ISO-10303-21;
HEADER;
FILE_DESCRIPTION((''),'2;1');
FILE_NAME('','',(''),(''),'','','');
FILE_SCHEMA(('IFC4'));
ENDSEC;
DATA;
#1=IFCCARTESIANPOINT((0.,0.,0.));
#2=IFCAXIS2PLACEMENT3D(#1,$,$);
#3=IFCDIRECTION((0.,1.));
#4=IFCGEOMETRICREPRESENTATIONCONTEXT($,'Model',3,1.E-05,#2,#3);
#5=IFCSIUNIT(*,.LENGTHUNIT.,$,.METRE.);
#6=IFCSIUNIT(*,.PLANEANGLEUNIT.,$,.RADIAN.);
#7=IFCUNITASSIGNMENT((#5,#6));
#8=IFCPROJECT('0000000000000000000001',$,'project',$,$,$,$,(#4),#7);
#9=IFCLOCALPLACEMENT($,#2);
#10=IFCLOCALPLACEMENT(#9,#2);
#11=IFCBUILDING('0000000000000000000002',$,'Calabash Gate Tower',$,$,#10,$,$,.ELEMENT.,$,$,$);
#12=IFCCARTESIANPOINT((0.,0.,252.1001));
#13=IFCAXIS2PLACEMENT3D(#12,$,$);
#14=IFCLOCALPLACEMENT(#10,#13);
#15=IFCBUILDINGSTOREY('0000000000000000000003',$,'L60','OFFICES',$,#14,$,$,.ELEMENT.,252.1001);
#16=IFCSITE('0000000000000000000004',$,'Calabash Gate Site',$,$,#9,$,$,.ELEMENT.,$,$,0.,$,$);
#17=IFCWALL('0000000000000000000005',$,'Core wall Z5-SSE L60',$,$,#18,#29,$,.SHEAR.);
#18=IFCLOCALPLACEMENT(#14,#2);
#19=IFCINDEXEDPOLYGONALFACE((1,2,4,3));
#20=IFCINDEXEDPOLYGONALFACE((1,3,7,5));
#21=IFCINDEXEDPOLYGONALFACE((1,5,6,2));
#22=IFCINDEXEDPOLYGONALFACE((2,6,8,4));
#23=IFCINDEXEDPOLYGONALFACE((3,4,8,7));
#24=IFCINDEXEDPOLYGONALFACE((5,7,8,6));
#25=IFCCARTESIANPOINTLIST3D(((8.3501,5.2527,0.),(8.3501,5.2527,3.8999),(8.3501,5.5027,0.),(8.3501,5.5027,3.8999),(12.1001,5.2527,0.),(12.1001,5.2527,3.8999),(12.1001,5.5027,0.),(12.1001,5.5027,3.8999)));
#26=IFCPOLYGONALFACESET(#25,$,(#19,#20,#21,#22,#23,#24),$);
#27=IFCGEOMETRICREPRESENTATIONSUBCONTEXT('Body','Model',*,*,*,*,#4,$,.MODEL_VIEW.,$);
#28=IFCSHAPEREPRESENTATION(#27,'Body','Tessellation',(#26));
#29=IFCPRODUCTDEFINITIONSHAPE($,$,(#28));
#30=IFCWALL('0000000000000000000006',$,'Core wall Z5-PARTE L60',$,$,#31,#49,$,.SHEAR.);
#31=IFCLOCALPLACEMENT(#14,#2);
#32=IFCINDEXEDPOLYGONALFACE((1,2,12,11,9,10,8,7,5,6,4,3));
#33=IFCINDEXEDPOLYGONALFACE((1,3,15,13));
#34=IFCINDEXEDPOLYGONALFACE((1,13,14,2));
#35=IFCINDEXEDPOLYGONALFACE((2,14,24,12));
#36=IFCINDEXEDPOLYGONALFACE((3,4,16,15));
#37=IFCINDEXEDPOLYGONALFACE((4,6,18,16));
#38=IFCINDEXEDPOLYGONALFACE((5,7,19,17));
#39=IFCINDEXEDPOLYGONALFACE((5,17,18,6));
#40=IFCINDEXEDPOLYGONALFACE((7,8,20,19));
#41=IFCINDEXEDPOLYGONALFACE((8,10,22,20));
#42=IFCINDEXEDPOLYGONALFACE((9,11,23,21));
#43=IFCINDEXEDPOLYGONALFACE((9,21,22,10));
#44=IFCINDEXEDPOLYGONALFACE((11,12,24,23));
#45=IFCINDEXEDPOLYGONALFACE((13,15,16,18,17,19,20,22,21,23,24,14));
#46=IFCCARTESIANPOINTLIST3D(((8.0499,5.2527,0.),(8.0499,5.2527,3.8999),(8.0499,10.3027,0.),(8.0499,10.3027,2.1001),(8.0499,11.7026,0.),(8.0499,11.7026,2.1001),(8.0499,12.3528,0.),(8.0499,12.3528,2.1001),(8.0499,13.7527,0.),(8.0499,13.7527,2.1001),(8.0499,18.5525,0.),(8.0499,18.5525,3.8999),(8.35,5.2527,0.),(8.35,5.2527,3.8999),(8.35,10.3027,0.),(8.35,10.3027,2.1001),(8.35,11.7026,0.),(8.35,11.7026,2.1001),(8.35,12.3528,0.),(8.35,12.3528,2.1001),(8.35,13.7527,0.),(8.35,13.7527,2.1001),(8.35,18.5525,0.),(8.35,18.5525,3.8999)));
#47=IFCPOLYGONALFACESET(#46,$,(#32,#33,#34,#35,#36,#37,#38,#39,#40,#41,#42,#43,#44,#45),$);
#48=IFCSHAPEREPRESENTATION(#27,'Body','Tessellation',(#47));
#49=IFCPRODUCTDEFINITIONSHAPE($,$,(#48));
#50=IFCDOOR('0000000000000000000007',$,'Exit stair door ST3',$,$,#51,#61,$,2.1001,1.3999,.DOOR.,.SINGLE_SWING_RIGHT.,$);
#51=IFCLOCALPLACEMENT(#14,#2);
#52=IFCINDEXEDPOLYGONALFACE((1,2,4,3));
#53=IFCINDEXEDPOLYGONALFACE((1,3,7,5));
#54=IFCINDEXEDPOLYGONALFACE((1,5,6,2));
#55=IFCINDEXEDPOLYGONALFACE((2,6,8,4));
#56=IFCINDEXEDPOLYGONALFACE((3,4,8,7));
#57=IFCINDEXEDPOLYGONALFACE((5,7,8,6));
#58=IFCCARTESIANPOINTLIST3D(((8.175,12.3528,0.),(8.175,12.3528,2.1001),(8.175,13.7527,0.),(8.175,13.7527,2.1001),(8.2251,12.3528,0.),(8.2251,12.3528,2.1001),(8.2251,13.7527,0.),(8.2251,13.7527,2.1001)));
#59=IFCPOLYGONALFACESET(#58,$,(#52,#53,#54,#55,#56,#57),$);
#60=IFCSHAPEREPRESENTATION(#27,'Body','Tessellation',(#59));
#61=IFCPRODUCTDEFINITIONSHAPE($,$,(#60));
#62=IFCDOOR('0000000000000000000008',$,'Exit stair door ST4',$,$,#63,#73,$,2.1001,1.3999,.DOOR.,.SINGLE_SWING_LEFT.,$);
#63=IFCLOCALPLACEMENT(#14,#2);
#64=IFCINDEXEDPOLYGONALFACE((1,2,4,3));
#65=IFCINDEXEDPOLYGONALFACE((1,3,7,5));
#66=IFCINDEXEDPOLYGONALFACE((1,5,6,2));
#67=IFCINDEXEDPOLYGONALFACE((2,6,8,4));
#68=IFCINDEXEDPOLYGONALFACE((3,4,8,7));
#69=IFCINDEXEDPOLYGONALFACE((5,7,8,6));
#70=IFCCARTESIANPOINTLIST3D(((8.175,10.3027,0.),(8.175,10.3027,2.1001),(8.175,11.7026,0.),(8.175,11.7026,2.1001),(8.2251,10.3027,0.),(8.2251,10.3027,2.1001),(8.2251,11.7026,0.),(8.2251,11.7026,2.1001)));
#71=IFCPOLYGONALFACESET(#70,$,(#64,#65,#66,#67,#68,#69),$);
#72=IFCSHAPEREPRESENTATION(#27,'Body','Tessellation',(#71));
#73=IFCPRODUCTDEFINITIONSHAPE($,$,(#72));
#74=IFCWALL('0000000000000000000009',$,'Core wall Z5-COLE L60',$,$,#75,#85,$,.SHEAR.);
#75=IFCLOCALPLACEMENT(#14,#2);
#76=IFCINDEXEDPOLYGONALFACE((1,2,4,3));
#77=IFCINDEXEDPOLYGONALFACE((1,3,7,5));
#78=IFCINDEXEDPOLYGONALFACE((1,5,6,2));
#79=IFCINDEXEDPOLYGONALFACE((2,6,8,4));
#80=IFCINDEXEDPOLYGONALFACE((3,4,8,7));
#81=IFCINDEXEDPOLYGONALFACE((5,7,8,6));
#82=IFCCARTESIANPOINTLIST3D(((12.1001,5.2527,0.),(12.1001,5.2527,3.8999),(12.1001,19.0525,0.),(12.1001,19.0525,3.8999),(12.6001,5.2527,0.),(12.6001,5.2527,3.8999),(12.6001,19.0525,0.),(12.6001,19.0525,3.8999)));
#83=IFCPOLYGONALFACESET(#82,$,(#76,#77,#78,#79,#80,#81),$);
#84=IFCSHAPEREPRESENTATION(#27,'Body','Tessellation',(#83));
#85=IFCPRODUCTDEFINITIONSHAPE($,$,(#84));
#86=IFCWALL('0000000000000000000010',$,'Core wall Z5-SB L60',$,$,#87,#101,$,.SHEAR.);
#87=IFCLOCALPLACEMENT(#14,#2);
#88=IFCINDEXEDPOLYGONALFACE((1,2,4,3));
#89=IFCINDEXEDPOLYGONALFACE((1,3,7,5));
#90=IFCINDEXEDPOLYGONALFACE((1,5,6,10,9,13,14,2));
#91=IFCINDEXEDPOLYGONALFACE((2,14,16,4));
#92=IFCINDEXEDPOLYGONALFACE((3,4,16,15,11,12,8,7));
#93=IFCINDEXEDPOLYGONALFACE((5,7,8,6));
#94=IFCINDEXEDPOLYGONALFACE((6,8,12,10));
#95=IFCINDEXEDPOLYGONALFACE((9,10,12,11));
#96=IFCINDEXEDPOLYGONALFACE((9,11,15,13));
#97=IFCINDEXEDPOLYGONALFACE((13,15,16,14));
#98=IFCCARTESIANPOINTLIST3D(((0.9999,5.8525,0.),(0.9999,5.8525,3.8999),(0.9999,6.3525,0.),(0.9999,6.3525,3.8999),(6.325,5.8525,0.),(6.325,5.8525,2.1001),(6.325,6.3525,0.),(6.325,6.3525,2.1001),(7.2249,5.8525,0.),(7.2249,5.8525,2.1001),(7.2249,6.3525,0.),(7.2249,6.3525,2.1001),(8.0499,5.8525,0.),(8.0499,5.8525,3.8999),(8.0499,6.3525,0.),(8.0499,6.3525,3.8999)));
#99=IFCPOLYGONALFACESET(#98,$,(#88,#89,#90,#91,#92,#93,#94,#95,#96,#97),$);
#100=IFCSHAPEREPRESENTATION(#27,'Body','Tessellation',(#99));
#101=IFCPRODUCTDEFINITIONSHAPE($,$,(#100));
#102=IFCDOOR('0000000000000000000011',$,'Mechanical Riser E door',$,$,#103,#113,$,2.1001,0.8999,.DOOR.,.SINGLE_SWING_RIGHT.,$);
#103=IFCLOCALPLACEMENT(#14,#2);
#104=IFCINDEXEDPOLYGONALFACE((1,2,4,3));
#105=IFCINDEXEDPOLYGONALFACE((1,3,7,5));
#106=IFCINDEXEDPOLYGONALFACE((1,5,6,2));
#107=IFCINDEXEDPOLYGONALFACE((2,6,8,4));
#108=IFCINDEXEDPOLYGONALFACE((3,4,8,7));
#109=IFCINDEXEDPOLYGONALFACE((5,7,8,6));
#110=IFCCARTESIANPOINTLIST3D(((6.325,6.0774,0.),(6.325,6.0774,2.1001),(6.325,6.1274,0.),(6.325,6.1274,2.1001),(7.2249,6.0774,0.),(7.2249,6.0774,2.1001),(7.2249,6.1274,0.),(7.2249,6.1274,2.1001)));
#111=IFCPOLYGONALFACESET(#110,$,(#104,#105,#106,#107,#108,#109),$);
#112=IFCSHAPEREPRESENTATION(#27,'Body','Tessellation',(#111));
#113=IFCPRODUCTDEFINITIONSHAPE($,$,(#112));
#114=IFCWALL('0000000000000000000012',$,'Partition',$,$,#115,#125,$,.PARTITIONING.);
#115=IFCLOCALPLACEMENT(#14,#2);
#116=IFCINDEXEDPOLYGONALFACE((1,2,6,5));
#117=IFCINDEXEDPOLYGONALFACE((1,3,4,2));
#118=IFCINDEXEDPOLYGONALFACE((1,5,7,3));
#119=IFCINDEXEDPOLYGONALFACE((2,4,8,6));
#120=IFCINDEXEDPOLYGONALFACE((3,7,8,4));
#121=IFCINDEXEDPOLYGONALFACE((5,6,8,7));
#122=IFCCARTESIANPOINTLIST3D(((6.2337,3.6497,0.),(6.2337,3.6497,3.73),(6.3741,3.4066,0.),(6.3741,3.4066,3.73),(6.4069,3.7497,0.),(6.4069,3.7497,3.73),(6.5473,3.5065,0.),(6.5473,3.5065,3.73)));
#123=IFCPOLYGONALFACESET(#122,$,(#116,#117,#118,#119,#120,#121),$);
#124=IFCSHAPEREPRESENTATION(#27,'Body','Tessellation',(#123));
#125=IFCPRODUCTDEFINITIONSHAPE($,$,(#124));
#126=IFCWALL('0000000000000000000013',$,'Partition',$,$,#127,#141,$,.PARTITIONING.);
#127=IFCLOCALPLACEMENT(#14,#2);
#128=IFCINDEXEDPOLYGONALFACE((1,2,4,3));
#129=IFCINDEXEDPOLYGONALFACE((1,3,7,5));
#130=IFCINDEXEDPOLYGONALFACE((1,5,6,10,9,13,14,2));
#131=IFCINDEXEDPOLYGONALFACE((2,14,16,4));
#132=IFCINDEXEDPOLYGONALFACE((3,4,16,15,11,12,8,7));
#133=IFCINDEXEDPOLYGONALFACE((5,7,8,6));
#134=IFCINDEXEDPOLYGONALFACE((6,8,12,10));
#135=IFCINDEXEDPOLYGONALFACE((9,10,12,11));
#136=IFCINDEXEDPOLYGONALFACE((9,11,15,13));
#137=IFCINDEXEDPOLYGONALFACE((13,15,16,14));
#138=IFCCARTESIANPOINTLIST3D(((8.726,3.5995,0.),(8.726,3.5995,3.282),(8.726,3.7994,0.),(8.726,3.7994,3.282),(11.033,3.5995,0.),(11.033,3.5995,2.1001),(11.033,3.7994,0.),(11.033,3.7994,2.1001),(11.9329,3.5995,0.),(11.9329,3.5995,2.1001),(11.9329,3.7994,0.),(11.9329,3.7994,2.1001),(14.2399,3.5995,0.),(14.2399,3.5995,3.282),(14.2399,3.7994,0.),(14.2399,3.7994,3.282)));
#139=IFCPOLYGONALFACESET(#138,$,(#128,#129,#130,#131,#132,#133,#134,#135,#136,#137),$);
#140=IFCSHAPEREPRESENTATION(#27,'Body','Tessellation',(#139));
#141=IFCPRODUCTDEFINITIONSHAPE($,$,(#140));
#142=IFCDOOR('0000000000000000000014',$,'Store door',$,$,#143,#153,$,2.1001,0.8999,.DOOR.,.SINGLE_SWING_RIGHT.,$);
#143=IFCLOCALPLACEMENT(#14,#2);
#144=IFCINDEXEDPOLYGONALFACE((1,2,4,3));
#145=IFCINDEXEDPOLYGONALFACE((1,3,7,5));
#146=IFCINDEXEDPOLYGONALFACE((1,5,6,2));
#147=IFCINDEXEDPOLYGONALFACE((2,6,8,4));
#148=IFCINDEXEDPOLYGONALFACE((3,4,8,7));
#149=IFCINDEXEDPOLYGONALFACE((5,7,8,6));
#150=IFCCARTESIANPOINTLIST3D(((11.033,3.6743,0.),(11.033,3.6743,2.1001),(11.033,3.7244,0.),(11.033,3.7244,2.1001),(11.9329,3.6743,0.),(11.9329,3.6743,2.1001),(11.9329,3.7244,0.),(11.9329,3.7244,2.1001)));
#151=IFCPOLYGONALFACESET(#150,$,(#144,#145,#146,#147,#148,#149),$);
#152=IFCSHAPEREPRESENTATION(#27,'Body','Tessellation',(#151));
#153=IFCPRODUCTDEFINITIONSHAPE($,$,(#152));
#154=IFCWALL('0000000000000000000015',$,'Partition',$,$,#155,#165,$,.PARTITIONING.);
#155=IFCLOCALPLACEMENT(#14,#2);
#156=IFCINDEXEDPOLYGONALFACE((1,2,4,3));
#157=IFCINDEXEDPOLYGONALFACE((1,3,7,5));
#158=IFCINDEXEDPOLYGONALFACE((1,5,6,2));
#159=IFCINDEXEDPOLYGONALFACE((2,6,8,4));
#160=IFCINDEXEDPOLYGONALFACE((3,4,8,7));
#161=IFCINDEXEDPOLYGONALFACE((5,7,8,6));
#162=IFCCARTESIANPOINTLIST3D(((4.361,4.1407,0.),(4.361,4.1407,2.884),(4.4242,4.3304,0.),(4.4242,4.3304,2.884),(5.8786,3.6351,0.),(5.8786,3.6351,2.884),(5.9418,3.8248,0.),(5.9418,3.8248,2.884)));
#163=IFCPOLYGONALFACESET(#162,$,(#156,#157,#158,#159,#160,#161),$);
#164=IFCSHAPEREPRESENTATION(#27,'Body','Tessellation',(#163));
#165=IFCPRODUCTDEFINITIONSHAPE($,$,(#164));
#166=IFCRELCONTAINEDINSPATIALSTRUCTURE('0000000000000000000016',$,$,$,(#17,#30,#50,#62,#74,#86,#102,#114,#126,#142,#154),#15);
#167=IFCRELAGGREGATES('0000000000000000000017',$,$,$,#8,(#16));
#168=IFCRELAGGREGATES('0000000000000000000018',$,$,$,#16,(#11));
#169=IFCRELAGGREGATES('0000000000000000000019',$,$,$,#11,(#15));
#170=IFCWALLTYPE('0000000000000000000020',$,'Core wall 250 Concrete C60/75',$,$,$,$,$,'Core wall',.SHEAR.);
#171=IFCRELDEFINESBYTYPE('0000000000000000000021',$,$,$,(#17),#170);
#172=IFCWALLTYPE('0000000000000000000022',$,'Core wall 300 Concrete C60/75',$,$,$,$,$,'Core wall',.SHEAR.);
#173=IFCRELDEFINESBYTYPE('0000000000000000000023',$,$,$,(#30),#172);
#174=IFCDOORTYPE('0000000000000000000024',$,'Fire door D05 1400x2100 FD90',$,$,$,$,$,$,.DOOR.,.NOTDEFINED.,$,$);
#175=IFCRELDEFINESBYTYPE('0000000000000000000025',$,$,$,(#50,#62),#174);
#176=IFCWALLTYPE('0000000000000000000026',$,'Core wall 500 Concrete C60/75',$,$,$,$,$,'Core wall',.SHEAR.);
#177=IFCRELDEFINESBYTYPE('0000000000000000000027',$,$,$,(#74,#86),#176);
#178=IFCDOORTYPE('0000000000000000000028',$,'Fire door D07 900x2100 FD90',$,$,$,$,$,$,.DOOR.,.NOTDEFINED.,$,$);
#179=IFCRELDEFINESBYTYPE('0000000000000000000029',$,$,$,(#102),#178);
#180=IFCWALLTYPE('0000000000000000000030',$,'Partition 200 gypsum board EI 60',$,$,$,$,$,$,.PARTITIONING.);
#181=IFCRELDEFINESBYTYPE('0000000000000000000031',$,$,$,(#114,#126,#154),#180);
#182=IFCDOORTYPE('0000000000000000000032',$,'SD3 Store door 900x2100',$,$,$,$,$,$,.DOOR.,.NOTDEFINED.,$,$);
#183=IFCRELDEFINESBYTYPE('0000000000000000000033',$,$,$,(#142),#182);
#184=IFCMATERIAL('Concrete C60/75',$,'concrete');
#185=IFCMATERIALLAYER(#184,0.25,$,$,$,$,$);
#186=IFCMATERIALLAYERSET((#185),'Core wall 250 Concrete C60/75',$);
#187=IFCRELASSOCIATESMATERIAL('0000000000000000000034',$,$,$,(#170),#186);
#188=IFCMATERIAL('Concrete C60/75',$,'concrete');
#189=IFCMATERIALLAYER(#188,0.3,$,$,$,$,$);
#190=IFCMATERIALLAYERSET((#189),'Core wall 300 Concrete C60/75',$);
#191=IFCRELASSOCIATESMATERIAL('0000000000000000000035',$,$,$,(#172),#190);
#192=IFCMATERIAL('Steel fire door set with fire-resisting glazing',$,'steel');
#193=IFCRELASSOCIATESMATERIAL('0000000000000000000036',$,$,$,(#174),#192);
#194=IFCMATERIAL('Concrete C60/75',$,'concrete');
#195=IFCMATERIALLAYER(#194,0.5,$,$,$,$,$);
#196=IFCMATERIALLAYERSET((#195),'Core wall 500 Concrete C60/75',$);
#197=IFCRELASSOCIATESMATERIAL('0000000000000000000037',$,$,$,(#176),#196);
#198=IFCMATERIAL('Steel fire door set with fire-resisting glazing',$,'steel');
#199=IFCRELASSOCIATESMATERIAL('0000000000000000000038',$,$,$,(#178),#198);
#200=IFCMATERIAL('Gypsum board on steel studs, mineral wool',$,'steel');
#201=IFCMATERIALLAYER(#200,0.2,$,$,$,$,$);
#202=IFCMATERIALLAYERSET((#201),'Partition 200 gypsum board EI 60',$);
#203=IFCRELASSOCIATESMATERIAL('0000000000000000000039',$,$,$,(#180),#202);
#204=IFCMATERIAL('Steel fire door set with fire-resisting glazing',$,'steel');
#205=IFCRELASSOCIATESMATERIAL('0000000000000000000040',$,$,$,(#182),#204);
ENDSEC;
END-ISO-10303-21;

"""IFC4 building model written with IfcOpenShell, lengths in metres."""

from ifc_helpers import new_model, si_unit, direction, frame, frame_2d, origin, place, context, subcontext, project, spatial, rectangle, extrude, material, layer, layer_set, type_object, element, fill, save


model = new_model("IFC4")

# Units and contexts
model_context = context("Model", 3, precision=1e-05, world=origin(), true_north=direction((0.0, 1.0)))
body_context = subcontext(model_context, "Body", "Model", "MODEL_VIEW")
ifc_project = project(units=[si_unit("LENGTHUNIT", "METRE"), si_unit("PLANEANGLEUNIT", "RADIAN")], contexts=[model_context])

# Site, building, storey
site_placement = place(None, origin())
site = spatial("IfcSite", under=ifc_project, at=site_placement, Name="Calabash Gate Site", CompositionType="ELEMENT", RefElevation=0.0)
building_placement = place(site_placement, origin())
building = spatial("IfcBuilding", under=site, at=building_placement, Name="Calabash Gate Tower", CompositionType="ELEMENT")
storey_placement = place(building_placement, frame((0.0, 0.0, 252.1001)))
storey = spatial("IfcBuildingStorey", under=building, at=storey_placement, Name="L60", Description="OFFICES", CompositionType="ELEMENT", Elevation=252.1001)

# Wall
ifc_material_1 = material(Name="Concrete C60/75", Category="concrete")
ifc_layer_1 = layer(ifc_material_1, 0.25)
ifc_layer_set_1 = layer_set([ifc_layer_1], Name="Core wall 250 Concrete C60/75")
wall_type_1 = type_object("IfcWallType", Name="Core wall 250 Concrete C60/75", ElementType="Core wall", PredefinedType="SHEAR", material=ifc_layer_set_1)
wall_1_placement = place(storey_placement, frame((8.3501, 5.3777, 0.0), z_axis=(0.0, 0.0, 1.0), x_axis=(1.0, 0.0, 0.0)))
element("IfcWall", 1, at=wall_1_placement, inside=storey, type_object=wall_type_1, Name="Core wall Z5-SSE L60", PredefinedType="SHEAR", context=body_context, shape_type="SweptSolid", body=[
    extrude(rectangle(XDim=3.75, YDim=0.25, at=frame_2d((1.875, 0.0))), origin(), (0.0, 0.0, 1.0), 3.8999),
])

# Wall, openings, doors
ifc_material_2 = material(Name="Concrete C60/75", Category="concrete")
ifc_layer_2 = layer(ifc_material_2, 0.3)
ifc_layer_set_2 = layer_set([ifc_layer_2], Name="Core wall 300 Concrete C60/75")
wall_type_2 = type_object("IfcWallType", Name="Core wall 300 Concrete C60/75", ElementType="Core wall", PredefinedType="SHEAR", material=ifc_layer_set_2)
wall_2_placement = place(storey_placement, frame((8.2, 5.2527, 0.0), z_axis=(0.0, 0.0, 1.0), x_axis=(0.0, 1.0, 0.0)))
wall_2 = element("IfcWall", 2, at=wall_2_placement, inside=storey, type_object=wall_type_2, Name="Core wall Z5-PARTE L60", PredefinedType="SHEAR", context=body_context, shape_type="SweptSolid", body=[
    extrude(rectangle(XDim=13.2998, YDim=0.3, at=frame_2d((6.6499, 0.0))), origin(), (0.0, 0.0, 1.0), 3.8999),
])
opening_1_placement = place(wall_2_placement, frame((7.1001, 0.0, 0.0)))
opening_1 = element("IfcOpeningElement", 3, at=opening_1_placement, cuts=wall_2, PredefinedType="OPENING", context=body_context, shape_type="SweptSolid", body=[
    extrude(rectangle(XDim=1.3999, YDim=2.1001, at=frame_2d((0.7, 1.05))), frame((0.0, 0.1599, 0.0), z_axis=(0.0, -1.0, 0.0), x_axis=(1.0, 0.0, 0.0)), (0.0, 0.0, 1.0), 0.3201),
])
opening_2_placement = place(wall_2_placement, frame((5.05, 0.0, 0.0)))
opening_2 = element("IfcOpeningElement", 4, at=opening_2_placement, cuts=wall_2, PredefinedType="OPENING", context=body_context, shape_type="SweptSolid", body=[
    extrude(rectangle(XDim=1.3999, YDim=2.1001, at=frame_2d((0.7, 1.05))), frame((0.0, 0.1599, 0.0), z_axis=(0.0, -1.0, 0.0), x_axis=(1.0, 0.0, 0.0)), (0.0, 0.0, 1.0), 0.3201),
])
ifc_material_3 = material(Name="Steel fire door set with fire-resisting glazing", Category="steel")
door_type_1 = type_object("IfcDoorType", Name="Fire door D05 1400x2100 FD90", OperationType="NOTDEFINED", PredefinedType="DOOR", material=ifc_material_3)
door_1_placement = place(opening_1_placement, origin())
door_1 = element("IfcDoor", 5, at=door_1_placement, inside=storey, type_object=door_type_1, Name="Exit stair door ST3", OperationType="SINGLE_SWING_RIGHT", OverallHeight=2.1001, OverallWidth=1.3999, PredefinedType="DOOR", context=body_context, shape_type="SweptSolid", body=[
    extrude(rectangle(XDim=1.3999, YDim=2.1001, at=frame_2d((0.7, 1.05))), frame((0.0, 0.0249, 0.0), z_axis=(0.0, -1.0, 0.0), x_axis=(1.0, 0.0, 0.0)), (0.0, 0.0, 1.0), 0.05),
])
fill(opening_1, door_1)
door_2_placement = place(opening_2_placement, origin())
door_2 = element("IfcDoor", 6, at=door_2_placement, inside=storey, type_object=door_type_1, Name="Exit stair door ST4", OperationType="SINGLE_SWING_LEFT", OverallHeight=2.1001, OverallWidth=1.3999, PredefinedType="DOOR", context=body_context, shape_type="SweptSolid", body=[
    extrude(rectangle(XDim=1.3999, YDim=2.1001, at=frame_2d((0.7, 1.05))), frame((0.0, 0.0249, 0.0), z_axis=(0.0, -1.0, 0.0), x_axis=(1.0, 0.0, 0.0)), (0.0, 0.0, 1.0), 0.05),
])
fill(opening_2, door_2)

# Wall
ifc_material_4 = material(Name="Concrete C60/75", Category="concrete")
ifc_layer_3 = layer(ifc_material_4, 0.5)
ifc_layer_set_3 = layer_set([ifc_layer_3], Name="Core wall 500 Concrete C60/75")
wall_type_3 = type_object("IfcWallType", Name="Core wall 500 Concrete C60/75", ElementType="Core wall", PredefinedType="SHEAR", material=ifc_layer_set_3)
wall_3_placement = place(storey_placement, frame((12.3501, 5.2527, 0.0), z_axis=(0.0, 0.0, 1.0), x_axis=(0.0, 1.0, 0.0)))
element("IfcWall", 7, at=wall_3_placement, inside=storey, type_object=wall_type_3, Name="Core wall Z5-COLE L60", PredefinedType="SHEAR", context=body_context, shape_type="SweptSolid", body=[
    extrude(rectangle(XDim=13.7998, YDim=0.5, at=frame_2d((6.8999, 0.0))), origin(), (0.0, 0.0, 1.0), 3.8999),
])

# Wall, opening, door
wall_4_placement = place(storey_placement, frame((1.0, 6.1025, 0.0), z_axis=(0.0, 0.0, 1.0), x_axis=(1.0, 0.0, 0.0)))
wall_4 = element("IfcWall", 8, at=wall_4_placement, inside=storey, type_object=wall_type_3, Name="Core wall Z5-SB L60", PredefinedType="SHEAR", context=body_context, shape_type="SweptSolid", body=[
    extrude(rectangle(XDim=7.05, YDim=0.5, at=frame_2d((3.5249, 0.0))), origin(), (0.0, 0.0, 1.0), 3.8999),
])
opening_3_placement = place(wall_4_placement, frame((5.325, 0.0, 0.0)))
opening_3 = element("IfcOpeningElement", 9, at=opening_3_placement, cuts=wall_4, PredefinedType="OPENING", context=body_context, shape_type="SweptSolid", body=[
    extrude(rectangle(XDim=0.8999, YDim=2.1001, at=frame_2d((0.45, 1.05))), frame((0.0, 0.26, 0.0), z_axis=(0.0, -1.0, 0.0), x_axis=(1.0, 0.0, 0.0)), (0.0, 0.0, 1.0), 0.52),
])
ifc_material_5 = material(Name="Steel fire door set with fire-resisting glazing", Category="steel")
door_type_2 = type_object("IfcDoorType", Name="Fire door D07 900x2100 FD90", OperationType="NOTDEFINED", PredefinedType="DOOR", material=ifc_material_5)
door_3_placement = place(opening_3_placement, origin())
door_3 = element("IfcDoor", 10, at=door_3_placement, inside=storey, type_object=door_type_2, Name="Mechanical Riser E door", OperationType="SINGLE_SWING_RIGHT", OverallHeight=2.1001, OverallWidth=0.8999, PredefinedType="DOOR", context=body_context, shape_type="SweptSolid", body=[
    extrude(rectangle(XDim=0.8999, YDim=2.1001, at=frame_2d((0.45, 1.05))), frame((0.0, 0.0249, 0.0), z_axis=(0.0, -1.0, 0.0), x_axis=(1.0, 0.0, 0.0)), (0.0, 0.0, 1.0), 0.05),
])
fill(opening_3, door_3)

# Wall
ifc_material_6 = material(Name="Gypsum board on steel studs, mineral wool", Category="steel")
ifc_layer_4 = layer(ifc_material_6, 0.2)
ifc_layer_set_4 = layer_set([ifc_layer_4], Name="Partition 200 gypsum board EI 60")
wall_type_4 = type_object("IfcWallType", Name="Partition 200 gypsum board EI 60", PredefinedType="PARTITIONING", material=ifc_layer_set_4)
wall_5_placement = place(storey_placement, frame((6.3203, 3.6997, 0.0), z_axis=(0.0, 0.0, 1.0), x_axis=(0.499973, -0.866041, 0.0)))
element("IfcWall", 11, at=wall_5_placement, inside=storey, type_object=wall_type_4, Name="Partition", PredefinedType="PARTITIONING", context=body_context, shape_type="SweptSolid", body=[
    extrude(rectangle(XDim=0.2808, YDim=0.2, at=frame_2d((0.1404, 0.0))), origin(), (0.0, 0.0, 1.0), 3.73),
])

# Wall, opening, door
wall_6_placement = place(storey_placement, frame((8.7261, 3.6995, 0.0), z_axis=(0.0, 0.0, 1.0), x_axis=(1.0, 0.0, 0.0)))
wall_6 = element("IfcWall", 12, at=wall_6_placement, inside=storey, type_object=wall_type_4, Name="Partition", PredefinedType="PARTITIONING", context=body_context, shape_type="SweptSolid", body=[
    extrude(rectangle(XDim=5.5139, YDim=0.2, at=frame_2d((2.7568, 0.0))), origin(), (0.0, 0.0, 1.0), 3.282),
])
opening_4_placement = place(wall_6_placement, frame((2.3069, 0.0, 0.0)))
opening_4 = element("IfcOpeningElement", 13, at=opening_4_placement, cuts=wall_6, PredefinedType="OPENING", context=body_context, shape_type="SweptSolid", body=[
    extrude(rectangle(XDim=0.8999, YDim=2.1001, at=frame_2d((0.45, 1.05))), frame((0.0, 0.1099, 0.0), z_axis=(0.0, -1.0, 0.0), x_axis=(1.0, 0.0, 0.0)), (0.0, 0.0, 1.0), 0.22),
])
ifc_material_7 = material(Name="Steel fire door set with fire-resisting glazing", Category="steel")
door_type_3 = type_object("IfcDoorType", Name="SD3 Store door 900x2100", OperationType="NOTDEFINED", PredefinedType="DOOR", material=ifc_material_7)
door_4_placement = place(opening_4_placement, origin())
door_4 = element("IfcDoor", 14, at=door_4_placement, inside=storey, type_object=door_type_3, Name="Store door", OperationType="SINGLE_SWING_RIGHT", OverallHeight=2.1001, OverallWidth=0.8999, PredefinedType="DOOR", context=body_context, shape_type="SweptSolid", body=[
    extrude(rectangle(XDim=0.8999, YDim=2.1001, at=frame_2d((0.45, 1.05))), frame((0.0, 0.0249, 0.0), z_axis=(0.0, -1.0, 0.0), x_axis=(1.0, 0.0, 0.0)), (0.0, 0.0, 1.0), 0.05),
])
fill(opening_4, door_4)

# Wall
wall_7_placement = place(storey_placement, frame((4.3926, 4.2356, 0.0), z_axis=(0.0, 0.0, 1.0), x_axis=(0.948729, -0.31609, 0.0)))
element("IfcWall", 15, at=wall_7_placement, inside=storey, type_object=wall_type_4, Name="Partition", PredefinedType="PARTITIONING", context=body_context, shape_type="SweptSolid", body=[
    extrude(rectangle(XDim=1.5996, YDim=0.2, at=frame_2d((0.7998, 0.0))), origin(), (0.0, 0.0, 1.0), 2.884),
])

save(model, "model.ifc")
